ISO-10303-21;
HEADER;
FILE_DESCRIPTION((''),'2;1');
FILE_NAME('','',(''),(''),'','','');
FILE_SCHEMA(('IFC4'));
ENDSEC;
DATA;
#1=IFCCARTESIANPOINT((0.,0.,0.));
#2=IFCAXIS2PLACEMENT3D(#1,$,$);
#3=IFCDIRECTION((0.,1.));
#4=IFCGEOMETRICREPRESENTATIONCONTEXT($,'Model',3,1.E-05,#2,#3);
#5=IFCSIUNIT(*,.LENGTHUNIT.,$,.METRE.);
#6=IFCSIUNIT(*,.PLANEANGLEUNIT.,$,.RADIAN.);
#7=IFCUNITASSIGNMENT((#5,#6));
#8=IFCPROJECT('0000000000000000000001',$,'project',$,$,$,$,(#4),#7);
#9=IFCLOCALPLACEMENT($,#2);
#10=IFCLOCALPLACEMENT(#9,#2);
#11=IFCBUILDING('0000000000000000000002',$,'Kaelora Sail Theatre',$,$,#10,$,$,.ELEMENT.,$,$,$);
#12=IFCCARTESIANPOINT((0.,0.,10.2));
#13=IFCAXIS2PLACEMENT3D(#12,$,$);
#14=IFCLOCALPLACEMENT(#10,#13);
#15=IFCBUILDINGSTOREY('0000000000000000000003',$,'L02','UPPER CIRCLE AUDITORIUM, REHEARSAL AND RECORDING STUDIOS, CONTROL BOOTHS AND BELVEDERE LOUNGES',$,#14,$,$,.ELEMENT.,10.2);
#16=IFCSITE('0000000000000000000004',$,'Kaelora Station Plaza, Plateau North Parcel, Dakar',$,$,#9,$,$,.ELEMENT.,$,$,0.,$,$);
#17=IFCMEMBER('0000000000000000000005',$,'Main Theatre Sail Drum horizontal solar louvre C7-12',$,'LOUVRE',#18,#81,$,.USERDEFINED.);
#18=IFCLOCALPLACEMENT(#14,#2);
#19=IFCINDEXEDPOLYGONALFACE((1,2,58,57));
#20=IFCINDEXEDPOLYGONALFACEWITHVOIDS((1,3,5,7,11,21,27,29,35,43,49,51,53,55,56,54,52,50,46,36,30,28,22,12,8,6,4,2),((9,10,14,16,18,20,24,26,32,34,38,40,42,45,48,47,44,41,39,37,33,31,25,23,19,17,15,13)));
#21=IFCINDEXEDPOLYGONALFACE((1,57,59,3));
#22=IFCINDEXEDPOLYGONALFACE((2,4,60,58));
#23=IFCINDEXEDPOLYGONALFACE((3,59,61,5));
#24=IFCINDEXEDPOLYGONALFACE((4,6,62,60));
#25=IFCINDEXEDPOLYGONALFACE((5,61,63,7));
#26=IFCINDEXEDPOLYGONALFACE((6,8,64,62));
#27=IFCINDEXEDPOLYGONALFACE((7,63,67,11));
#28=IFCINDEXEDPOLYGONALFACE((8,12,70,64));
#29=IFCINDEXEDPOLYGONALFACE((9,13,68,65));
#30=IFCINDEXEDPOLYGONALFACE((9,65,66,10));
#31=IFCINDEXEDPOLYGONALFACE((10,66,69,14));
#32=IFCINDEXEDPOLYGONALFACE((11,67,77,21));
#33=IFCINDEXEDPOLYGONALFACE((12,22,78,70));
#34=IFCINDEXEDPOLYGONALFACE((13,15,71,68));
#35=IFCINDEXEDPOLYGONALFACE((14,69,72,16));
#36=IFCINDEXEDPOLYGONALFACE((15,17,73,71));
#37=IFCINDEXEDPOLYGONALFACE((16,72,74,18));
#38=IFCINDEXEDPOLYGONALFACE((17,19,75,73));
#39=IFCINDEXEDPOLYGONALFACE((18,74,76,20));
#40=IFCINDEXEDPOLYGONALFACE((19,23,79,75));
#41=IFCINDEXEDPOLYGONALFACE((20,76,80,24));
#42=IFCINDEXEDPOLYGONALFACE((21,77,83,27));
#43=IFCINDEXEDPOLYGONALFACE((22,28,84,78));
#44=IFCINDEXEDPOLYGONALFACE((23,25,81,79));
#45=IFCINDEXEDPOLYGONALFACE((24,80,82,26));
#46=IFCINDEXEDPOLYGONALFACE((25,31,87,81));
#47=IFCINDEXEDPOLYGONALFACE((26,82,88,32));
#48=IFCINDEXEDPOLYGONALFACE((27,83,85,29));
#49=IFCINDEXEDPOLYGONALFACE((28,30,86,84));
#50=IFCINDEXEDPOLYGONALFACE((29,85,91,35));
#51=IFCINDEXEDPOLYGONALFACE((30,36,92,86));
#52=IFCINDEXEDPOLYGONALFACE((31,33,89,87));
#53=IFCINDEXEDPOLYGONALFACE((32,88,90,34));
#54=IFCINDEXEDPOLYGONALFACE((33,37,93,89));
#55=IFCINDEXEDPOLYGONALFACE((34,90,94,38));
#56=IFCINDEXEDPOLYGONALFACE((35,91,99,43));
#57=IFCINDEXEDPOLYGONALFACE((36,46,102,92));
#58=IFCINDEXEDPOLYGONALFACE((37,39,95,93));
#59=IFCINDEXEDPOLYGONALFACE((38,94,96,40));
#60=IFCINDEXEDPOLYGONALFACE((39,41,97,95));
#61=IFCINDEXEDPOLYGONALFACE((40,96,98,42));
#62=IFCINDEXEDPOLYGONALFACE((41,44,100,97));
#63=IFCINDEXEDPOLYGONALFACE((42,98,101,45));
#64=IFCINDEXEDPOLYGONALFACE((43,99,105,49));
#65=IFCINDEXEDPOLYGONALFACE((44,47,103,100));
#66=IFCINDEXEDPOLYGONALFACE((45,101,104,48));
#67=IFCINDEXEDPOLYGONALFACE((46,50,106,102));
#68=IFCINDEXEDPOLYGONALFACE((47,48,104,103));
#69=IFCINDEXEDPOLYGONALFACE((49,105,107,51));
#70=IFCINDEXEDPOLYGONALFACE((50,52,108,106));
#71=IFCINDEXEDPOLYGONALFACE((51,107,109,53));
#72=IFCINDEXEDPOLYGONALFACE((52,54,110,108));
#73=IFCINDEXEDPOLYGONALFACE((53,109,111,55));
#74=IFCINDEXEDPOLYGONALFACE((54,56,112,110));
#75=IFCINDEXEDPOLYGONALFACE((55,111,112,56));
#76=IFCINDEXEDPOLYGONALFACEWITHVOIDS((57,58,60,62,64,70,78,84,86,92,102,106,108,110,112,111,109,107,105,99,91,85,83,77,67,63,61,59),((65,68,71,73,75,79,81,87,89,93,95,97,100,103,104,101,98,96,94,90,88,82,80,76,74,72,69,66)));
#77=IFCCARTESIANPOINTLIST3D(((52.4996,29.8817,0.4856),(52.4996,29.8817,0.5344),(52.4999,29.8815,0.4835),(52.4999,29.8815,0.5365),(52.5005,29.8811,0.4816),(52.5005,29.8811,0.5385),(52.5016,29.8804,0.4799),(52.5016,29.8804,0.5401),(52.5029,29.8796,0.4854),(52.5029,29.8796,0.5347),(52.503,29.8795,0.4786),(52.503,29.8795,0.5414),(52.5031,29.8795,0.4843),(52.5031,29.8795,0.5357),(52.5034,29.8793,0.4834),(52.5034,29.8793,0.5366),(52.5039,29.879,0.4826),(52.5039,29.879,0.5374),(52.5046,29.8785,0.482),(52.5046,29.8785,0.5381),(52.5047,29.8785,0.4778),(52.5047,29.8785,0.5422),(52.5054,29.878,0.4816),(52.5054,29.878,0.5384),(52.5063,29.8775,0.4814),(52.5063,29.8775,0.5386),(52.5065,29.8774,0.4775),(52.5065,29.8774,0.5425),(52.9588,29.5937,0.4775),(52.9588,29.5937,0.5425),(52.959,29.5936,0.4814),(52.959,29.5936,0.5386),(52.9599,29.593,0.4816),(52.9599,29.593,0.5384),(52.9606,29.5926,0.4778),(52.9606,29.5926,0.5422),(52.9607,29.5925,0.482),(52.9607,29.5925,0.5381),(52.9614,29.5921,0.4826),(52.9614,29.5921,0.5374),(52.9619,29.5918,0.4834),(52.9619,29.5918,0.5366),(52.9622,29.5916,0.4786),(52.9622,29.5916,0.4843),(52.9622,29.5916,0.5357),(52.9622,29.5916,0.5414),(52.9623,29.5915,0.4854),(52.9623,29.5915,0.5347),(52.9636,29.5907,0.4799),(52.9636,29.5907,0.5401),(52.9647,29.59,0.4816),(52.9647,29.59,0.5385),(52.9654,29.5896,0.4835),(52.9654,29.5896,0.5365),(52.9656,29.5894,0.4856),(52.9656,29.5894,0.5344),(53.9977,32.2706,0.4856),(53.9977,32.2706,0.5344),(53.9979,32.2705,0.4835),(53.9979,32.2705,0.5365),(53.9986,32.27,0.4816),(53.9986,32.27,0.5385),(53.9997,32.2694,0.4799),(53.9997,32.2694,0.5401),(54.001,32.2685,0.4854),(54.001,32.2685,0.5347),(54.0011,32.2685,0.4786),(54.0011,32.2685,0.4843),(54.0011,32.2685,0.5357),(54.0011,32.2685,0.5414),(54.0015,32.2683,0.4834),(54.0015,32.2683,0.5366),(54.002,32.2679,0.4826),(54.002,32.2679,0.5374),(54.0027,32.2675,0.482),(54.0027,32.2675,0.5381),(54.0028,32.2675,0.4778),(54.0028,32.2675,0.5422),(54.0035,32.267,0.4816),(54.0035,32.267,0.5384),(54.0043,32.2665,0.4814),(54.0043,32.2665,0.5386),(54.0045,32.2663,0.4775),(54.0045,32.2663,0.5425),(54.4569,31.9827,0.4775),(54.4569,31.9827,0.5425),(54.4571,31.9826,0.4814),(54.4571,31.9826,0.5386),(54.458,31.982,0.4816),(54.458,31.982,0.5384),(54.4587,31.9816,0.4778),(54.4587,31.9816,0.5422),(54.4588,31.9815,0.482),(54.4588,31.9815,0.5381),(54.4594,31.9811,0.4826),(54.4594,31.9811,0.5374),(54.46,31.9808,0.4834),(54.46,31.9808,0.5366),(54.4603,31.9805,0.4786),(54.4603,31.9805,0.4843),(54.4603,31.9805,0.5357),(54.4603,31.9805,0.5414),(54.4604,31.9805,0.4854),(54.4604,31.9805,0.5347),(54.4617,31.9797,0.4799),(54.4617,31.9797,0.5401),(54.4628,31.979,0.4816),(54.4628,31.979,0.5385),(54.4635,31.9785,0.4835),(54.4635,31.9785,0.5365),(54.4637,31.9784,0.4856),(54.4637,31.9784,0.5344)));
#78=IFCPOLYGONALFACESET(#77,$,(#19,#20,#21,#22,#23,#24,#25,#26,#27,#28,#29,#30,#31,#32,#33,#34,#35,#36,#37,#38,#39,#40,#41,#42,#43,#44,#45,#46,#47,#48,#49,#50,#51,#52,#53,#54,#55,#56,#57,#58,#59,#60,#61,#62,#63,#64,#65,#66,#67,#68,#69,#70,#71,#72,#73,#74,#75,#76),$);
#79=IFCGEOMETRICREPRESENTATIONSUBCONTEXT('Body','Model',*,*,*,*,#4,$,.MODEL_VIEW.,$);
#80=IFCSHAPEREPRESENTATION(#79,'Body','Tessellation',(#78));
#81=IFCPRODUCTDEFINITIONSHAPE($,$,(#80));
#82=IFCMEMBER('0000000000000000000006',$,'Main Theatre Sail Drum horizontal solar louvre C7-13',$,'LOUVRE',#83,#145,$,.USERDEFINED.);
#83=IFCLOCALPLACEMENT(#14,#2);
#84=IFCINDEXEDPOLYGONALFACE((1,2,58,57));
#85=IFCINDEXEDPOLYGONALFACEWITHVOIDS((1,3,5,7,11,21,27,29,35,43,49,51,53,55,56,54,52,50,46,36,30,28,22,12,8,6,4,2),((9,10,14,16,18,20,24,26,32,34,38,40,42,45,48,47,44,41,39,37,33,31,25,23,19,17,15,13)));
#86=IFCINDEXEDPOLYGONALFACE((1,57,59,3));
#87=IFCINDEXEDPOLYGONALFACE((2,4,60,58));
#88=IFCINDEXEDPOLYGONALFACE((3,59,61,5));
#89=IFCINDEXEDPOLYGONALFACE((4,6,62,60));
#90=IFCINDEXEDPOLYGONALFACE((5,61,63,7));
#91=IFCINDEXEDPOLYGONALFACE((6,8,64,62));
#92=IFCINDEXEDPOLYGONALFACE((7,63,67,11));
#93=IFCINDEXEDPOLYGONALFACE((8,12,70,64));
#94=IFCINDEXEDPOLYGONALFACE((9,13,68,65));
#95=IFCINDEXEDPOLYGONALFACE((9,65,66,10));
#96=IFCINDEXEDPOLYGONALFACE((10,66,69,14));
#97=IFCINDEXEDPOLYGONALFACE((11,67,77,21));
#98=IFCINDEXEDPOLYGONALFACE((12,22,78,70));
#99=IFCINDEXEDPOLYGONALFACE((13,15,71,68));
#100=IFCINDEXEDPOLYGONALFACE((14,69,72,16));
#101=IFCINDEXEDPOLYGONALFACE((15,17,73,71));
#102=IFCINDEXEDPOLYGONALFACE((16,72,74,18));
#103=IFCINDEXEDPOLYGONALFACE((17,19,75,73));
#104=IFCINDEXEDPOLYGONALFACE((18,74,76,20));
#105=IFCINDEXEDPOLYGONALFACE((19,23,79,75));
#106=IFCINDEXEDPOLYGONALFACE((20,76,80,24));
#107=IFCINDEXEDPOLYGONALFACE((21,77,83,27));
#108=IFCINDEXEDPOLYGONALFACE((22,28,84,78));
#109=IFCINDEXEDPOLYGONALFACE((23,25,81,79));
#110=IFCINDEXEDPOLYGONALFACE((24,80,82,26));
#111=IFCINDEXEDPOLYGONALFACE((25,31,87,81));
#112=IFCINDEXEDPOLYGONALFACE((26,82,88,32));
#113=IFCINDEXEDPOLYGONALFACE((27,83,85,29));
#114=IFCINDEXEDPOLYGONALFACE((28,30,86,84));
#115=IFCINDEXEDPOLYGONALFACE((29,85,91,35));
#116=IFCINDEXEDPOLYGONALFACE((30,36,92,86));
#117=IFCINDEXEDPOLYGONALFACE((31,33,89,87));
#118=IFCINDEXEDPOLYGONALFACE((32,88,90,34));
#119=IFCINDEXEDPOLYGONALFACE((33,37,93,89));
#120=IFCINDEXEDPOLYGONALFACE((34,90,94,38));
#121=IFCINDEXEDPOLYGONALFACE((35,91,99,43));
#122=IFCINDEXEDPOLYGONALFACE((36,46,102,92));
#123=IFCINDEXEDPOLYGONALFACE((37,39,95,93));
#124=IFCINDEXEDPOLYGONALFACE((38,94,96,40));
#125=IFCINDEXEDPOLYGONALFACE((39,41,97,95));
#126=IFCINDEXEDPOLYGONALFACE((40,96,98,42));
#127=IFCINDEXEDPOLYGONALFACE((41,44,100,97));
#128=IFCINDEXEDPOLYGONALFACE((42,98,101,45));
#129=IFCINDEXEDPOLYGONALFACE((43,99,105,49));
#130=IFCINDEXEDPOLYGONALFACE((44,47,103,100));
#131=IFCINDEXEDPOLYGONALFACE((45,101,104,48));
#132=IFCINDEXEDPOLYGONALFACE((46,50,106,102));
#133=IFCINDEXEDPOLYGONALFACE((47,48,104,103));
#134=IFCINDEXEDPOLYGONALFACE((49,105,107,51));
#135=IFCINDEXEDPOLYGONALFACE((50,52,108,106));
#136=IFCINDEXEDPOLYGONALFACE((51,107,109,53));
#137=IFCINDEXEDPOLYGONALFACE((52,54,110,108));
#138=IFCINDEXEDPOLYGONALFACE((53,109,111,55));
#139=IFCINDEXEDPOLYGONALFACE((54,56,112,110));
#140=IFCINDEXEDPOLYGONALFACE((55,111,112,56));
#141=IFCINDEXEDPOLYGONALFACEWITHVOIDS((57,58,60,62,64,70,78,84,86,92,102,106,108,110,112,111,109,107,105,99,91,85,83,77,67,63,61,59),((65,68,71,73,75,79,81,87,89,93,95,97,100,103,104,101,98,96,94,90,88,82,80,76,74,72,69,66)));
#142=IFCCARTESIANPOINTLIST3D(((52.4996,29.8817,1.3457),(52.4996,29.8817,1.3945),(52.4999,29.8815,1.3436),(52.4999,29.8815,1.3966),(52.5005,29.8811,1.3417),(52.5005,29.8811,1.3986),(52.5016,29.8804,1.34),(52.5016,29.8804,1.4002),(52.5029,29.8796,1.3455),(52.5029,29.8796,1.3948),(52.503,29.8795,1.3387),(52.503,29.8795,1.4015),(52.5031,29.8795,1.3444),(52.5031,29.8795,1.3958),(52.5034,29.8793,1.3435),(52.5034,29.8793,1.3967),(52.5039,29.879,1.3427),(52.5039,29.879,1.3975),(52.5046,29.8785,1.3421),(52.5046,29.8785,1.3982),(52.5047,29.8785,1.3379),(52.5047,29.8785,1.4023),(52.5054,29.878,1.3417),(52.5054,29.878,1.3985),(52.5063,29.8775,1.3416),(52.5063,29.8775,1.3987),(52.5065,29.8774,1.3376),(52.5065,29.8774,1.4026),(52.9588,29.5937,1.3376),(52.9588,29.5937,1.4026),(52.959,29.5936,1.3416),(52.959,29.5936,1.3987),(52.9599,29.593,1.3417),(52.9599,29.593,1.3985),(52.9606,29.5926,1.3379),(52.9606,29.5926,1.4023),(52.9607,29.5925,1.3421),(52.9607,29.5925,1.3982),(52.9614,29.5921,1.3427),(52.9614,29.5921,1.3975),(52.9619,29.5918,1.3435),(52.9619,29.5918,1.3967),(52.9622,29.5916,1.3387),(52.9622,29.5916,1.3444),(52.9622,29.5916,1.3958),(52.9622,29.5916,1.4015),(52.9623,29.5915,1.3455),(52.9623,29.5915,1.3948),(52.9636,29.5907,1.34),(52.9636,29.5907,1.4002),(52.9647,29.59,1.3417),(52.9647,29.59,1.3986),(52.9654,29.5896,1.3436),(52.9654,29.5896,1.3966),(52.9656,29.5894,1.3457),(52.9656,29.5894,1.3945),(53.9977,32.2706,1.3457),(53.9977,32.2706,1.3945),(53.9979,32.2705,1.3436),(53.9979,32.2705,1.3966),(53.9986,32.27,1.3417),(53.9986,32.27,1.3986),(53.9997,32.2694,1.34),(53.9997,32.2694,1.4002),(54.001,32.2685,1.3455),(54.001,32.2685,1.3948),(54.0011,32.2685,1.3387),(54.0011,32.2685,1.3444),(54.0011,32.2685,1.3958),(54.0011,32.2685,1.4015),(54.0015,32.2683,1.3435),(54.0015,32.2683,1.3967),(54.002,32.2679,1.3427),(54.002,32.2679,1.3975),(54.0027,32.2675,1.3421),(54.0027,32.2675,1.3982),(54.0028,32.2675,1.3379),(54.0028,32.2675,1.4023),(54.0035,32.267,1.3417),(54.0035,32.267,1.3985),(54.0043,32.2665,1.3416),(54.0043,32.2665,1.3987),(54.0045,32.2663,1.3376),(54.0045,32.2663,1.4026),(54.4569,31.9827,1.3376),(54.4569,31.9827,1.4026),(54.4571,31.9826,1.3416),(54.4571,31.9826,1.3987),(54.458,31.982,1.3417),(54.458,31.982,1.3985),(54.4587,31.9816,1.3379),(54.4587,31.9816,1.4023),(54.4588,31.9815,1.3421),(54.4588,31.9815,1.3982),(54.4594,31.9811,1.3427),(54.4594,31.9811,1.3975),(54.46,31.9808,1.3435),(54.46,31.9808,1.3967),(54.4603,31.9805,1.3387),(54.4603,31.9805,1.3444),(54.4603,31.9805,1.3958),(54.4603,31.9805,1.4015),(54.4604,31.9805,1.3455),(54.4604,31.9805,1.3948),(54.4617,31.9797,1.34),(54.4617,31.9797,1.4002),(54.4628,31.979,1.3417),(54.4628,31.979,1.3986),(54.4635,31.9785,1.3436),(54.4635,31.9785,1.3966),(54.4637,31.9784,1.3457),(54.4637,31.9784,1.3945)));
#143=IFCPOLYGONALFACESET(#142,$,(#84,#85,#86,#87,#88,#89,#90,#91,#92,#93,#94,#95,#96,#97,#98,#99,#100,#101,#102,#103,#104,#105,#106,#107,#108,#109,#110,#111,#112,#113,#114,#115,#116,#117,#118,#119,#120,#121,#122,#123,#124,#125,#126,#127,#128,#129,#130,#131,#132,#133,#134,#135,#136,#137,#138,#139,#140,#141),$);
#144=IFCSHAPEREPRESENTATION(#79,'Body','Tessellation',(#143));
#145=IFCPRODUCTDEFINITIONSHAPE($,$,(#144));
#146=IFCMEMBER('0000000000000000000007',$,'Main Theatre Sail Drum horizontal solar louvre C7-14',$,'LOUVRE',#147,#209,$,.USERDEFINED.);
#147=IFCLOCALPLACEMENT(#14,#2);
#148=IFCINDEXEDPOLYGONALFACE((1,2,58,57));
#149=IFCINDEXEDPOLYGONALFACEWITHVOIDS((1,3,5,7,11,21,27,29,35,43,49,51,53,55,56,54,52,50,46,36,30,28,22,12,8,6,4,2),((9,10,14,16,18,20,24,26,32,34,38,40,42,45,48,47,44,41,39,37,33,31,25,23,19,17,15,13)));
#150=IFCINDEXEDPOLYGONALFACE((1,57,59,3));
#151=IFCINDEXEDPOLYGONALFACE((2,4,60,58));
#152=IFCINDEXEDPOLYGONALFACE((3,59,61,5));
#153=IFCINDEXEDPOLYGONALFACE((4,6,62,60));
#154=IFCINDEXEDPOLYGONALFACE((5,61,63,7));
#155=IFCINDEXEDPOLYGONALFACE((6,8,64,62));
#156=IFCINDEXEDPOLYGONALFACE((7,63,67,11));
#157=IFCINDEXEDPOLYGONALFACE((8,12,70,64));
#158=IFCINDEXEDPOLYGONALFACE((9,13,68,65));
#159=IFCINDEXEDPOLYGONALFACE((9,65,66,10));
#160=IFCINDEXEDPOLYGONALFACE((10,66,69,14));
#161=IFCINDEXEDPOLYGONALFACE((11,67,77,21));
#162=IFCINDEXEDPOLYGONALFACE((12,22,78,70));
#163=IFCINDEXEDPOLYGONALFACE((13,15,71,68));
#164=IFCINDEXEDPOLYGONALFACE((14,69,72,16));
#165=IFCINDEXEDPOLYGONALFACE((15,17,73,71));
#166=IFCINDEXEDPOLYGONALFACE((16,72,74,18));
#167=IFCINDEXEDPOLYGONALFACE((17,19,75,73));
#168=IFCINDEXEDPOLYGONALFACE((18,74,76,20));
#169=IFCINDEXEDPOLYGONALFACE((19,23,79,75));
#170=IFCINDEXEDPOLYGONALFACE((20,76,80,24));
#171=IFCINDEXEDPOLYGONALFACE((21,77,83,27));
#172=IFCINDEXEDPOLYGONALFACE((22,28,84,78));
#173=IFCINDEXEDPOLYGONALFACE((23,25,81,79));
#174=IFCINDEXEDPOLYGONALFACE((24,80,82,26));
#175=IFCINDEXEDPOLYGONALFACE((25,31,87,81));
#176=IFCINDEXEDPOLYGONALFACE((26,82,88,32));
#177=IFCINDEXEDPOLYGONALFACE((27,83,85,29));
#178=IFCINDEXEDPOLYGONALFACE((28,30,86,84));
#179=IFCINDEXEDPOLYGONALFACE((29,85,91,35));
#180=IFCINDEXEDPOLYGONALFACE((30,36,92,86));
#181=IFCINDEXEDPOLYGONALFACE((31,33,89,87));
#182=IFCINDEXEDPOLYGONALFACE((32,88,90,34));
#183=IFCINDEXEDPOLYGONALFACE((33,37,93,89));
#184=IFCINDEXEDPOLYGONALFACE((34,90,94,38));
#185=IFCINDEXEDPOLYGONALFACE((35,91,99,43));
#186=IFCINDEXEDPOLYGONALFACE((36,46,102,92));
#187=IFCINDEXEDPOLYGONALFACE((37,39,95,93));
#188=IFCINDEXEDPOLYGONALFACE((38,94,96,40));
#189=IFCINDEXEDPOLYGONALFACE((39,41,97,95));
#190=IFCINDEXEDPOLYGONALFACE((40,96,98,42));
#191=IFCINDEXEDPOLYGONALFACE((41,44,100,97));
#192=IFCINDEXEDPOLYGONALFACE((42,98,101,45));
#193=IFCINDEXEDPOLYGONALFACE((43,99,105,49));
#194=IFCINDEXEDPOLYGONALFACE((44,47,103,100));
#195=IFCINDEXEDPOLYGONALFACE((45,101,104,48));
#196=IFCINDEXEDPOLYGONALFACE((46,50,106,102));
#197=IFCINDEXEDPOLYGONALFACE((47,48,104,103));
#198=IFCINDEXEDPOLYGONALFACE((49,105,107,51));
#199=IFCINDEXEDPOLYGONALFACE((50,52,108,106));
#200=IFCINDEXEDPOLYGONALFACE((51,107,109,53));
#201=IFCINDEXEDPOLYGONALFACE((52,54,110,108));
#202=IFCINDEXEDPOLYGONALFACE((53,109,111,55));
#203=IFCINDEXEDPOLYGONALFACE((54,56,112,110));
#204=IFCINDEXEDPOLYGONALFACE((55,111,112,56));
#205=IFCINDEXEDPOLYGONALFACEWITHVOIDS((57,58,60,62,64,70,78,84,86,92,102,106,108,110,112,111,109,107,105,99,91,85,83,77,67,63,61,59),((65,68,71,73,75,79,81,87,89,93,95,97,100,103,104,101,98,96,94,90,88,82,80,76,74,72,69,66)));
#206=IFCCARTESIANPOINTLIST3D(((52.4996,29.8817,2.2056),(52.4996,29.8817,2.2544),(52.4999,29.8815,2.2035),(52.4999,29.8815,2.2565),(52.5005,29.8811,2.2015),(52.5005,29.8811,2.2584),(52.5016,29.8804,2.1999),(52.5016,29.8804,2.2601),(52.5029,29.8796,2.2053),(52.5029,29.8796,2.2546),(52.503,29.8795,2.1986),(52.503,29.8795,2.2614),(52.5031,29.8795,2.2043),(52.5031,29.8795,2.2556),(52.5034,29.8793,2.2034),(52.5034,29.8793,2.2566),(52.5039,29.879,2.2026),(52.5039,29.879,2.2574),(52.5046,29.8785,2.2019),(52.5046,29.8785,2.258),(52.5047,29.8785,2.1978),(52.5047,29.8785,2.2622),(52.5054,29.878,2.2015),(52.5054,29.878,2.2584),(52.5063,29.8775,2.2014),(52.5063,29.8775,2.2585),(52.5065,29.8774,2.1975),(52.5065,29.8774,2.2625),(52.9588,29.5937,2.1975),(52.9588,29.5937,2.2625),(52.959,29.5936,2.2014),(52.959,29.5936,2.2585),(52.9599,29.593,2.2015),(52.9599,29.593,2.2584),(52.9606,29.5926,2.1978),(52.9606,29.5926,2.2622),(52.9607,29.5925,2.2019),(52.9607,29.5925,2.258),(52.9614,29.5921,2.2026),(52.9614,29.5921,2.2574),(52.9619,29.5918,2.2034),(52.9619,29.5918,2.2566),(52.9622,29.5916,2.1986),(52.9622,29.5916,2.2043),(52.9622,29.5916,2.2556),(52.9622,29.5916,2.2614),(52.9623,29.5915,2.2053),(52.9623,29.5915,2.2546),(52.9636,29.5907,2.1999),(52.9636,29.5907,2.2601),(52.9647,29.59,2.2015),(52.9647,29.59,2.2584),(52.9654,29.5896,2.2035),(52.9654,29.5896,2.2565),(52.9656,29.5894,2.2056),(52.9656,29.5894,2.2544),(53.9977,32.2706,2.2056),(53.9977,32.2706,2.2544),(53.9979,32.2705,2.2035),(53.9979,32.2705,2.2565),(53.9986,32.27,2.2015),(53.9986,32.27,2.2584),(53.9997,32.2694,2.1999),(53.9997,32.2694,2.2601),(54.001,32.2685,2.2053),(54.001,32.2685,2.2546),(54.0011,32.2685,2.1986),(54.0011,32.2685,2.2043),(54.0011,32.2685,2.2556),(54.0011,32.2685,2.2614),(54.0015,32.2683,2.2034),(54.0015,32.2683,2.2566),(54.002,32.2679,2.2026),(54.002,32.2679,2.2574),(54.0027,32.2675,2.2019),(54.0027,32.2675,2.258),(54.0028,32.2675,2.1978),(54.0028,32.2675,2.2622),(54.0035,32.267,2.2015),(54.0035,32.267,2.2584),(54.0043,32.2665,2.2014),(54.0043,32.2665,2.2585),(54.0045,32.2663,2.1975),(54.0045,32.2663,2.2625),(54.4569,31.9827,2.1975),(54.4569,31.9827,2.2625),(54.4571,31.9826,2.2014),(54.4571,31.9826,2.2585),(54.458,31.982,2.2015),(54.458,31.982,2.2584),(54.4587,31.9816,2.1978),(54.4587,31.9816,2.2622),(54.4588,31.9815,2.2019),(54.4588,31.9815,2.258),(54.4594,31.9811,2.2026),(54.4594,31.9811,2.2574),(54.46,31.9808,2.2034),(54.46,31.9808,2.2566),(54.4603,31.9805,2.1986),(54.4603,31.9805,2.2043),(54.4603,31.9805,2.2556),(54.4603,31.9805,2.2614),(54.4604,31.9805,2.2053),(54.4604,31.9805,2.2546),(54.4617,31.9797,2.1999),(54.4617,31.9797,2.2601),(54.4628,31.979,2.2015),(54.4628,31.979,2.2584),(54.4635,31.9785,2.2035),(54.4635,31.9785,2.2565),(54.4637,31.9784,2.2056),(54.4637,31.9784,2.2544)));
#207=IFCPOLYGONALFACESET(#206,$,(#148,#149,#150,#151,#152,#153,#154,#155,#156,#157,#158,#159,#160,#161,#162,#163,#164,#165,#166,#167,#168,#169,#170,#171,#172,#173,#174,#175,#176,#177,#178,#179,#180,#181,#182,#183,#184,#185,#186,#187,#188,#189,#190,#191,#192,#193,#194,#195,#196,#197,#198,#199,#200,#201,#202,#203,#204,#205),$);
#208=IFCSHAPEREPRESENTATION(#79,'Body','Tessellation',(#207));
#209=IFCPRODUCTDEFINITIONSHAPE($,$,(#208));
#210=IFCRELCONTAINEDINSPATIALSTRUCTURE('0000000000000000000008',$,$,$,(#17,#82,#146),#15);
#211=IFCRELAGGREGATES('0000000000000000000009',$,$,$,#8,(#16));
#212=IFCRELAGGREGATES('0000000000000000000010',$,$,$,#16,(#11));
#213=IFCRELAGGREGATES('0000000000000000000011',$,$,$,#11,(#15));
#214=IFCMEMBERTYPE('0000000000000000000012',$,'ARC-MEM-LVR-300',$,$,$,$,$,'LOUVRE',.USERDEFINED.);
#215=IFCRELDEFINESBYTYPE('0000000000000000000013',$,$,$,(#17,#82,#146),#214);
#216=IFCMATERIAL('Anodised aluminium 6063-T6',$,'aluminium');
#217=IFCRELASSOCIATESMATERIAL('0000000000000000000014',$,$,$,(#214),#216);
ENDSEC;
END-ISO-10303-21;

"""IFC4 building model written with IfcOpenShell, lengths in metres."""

from ifc_helpers import new_model, si_unit, direction, frame, origin, origin_2d, place, context, subcontext, project, spatial, hollow_rectangle, extrude, material, material_profile, profile_set, type_object, element, save


model = new_model("IFC4")

# Units and contexts
model_context = context("Model", 3, precision=1e-05, world=origin(), true_north=direction((0.0, 1.0)))
body_context = subcontext(model_context, "Body", "Model", "MODEL_VIEW")
ifc_project = project(units=[si_unit("LENGTHUNIT", "METRE"), si_unit("PLANEANGLEUNIT", "RADIAN")], contexts=[model_context])

# Site, building, storey
site_placement = place(None, origin())
site = spatial("IfcSite", under=ifc_project, at=site_placement, Name="Kaelora Station Plaza, Plateau North Parcel, Dakar", CompositionType="ELEMENT", RefElevation=0.0)
building_placement = place(site_placement, origin())
building = spatial("IfcBuilding", under=site, at=building_placement, Name="Kaelora Sail Theatre", CompositionType="ELEMENT")
storey_placement = place(building_placement, frame((0.0, 0.0, 10.2)))
storey = spatial("IfcBuildingStorey", under=building, at=storey_placement, Name="L02", Description="UPPER CIRCLE AUDITORIUM, REHEARSAL AND RECORDING STUDIOS, CONTROL BOOTHS AND BELVEDERE LOUNGES", CompositionType="ELEMENT", Elevation=10.2)

# Members
ifc_material_1 = material(Name="Anodised aluminium 6063-T6", Category="aluminium")
ifc_material_profile_1 = material_profile(ifc_material_1, hollow_rectangle(XDim=0.55, YDim=0.0649, WallThickness=0.0039, InnerFilletRadius=0.0039, OuterFilletRadius=0.0081, at=origin_2d()), Name="LOUVRE 550x65x4")
ifc_profile_set_1 = profile_set([ifc_material_profile_1], Name="Anodised aluminium 6063-T6")
member_type = type_object("IfcMemberType", Name="ARC-MEM-LVR-300", ElementType="LOUVRE", PredefinedType="USERDEFINED", material=ifc_profile_set_1)
for number, where, z_axis, x_axis, name in (
    (1, (54.2307, 32.1245, 0.51), (-0.531267, -0.847204, 0.0), (0.847204, -0.531267, 0.0), "Main Theatre Sail Drum horizontal solar louvre C7-12"),
    (2, (54.2307, 32.1245, 1.3701), (-0.531267, -0.847204, 0.0), (0.847204, -0.531267, 0.0), "Main Theatre Sail Drum horizontal solar louvre C7-13"),
    (3, (54.2307, 32.1245, 2.23), (-0.531267, -0.847204, 0.0), (0.847204, -0.531267, 0.0), "Main Theatre Sail Drum horizontal solar louvre C7-14"),
):
    element("IfcMember", number, at=place(storey_placement, frame(where, z_axis=z_axis, x_axis=x_axis)), inside=storey, type_object=member_type, Name=name, ObjectType="LOUVRE", PredefinedType="USERDEFINED", context=body_context, shape_type="SweptSolid", body=[
        extrude(hollow_rectangle(XDim=0.55, YDim=0.0649, WallThickness=0.0039, InnerFilletRadius=0.0039, OuterFilletRadius=0.0081, at=origin_2d()), origin(), (0.0, 0.0, 1.0), 2.8198),
    ])

save(model, "model.ifc")
